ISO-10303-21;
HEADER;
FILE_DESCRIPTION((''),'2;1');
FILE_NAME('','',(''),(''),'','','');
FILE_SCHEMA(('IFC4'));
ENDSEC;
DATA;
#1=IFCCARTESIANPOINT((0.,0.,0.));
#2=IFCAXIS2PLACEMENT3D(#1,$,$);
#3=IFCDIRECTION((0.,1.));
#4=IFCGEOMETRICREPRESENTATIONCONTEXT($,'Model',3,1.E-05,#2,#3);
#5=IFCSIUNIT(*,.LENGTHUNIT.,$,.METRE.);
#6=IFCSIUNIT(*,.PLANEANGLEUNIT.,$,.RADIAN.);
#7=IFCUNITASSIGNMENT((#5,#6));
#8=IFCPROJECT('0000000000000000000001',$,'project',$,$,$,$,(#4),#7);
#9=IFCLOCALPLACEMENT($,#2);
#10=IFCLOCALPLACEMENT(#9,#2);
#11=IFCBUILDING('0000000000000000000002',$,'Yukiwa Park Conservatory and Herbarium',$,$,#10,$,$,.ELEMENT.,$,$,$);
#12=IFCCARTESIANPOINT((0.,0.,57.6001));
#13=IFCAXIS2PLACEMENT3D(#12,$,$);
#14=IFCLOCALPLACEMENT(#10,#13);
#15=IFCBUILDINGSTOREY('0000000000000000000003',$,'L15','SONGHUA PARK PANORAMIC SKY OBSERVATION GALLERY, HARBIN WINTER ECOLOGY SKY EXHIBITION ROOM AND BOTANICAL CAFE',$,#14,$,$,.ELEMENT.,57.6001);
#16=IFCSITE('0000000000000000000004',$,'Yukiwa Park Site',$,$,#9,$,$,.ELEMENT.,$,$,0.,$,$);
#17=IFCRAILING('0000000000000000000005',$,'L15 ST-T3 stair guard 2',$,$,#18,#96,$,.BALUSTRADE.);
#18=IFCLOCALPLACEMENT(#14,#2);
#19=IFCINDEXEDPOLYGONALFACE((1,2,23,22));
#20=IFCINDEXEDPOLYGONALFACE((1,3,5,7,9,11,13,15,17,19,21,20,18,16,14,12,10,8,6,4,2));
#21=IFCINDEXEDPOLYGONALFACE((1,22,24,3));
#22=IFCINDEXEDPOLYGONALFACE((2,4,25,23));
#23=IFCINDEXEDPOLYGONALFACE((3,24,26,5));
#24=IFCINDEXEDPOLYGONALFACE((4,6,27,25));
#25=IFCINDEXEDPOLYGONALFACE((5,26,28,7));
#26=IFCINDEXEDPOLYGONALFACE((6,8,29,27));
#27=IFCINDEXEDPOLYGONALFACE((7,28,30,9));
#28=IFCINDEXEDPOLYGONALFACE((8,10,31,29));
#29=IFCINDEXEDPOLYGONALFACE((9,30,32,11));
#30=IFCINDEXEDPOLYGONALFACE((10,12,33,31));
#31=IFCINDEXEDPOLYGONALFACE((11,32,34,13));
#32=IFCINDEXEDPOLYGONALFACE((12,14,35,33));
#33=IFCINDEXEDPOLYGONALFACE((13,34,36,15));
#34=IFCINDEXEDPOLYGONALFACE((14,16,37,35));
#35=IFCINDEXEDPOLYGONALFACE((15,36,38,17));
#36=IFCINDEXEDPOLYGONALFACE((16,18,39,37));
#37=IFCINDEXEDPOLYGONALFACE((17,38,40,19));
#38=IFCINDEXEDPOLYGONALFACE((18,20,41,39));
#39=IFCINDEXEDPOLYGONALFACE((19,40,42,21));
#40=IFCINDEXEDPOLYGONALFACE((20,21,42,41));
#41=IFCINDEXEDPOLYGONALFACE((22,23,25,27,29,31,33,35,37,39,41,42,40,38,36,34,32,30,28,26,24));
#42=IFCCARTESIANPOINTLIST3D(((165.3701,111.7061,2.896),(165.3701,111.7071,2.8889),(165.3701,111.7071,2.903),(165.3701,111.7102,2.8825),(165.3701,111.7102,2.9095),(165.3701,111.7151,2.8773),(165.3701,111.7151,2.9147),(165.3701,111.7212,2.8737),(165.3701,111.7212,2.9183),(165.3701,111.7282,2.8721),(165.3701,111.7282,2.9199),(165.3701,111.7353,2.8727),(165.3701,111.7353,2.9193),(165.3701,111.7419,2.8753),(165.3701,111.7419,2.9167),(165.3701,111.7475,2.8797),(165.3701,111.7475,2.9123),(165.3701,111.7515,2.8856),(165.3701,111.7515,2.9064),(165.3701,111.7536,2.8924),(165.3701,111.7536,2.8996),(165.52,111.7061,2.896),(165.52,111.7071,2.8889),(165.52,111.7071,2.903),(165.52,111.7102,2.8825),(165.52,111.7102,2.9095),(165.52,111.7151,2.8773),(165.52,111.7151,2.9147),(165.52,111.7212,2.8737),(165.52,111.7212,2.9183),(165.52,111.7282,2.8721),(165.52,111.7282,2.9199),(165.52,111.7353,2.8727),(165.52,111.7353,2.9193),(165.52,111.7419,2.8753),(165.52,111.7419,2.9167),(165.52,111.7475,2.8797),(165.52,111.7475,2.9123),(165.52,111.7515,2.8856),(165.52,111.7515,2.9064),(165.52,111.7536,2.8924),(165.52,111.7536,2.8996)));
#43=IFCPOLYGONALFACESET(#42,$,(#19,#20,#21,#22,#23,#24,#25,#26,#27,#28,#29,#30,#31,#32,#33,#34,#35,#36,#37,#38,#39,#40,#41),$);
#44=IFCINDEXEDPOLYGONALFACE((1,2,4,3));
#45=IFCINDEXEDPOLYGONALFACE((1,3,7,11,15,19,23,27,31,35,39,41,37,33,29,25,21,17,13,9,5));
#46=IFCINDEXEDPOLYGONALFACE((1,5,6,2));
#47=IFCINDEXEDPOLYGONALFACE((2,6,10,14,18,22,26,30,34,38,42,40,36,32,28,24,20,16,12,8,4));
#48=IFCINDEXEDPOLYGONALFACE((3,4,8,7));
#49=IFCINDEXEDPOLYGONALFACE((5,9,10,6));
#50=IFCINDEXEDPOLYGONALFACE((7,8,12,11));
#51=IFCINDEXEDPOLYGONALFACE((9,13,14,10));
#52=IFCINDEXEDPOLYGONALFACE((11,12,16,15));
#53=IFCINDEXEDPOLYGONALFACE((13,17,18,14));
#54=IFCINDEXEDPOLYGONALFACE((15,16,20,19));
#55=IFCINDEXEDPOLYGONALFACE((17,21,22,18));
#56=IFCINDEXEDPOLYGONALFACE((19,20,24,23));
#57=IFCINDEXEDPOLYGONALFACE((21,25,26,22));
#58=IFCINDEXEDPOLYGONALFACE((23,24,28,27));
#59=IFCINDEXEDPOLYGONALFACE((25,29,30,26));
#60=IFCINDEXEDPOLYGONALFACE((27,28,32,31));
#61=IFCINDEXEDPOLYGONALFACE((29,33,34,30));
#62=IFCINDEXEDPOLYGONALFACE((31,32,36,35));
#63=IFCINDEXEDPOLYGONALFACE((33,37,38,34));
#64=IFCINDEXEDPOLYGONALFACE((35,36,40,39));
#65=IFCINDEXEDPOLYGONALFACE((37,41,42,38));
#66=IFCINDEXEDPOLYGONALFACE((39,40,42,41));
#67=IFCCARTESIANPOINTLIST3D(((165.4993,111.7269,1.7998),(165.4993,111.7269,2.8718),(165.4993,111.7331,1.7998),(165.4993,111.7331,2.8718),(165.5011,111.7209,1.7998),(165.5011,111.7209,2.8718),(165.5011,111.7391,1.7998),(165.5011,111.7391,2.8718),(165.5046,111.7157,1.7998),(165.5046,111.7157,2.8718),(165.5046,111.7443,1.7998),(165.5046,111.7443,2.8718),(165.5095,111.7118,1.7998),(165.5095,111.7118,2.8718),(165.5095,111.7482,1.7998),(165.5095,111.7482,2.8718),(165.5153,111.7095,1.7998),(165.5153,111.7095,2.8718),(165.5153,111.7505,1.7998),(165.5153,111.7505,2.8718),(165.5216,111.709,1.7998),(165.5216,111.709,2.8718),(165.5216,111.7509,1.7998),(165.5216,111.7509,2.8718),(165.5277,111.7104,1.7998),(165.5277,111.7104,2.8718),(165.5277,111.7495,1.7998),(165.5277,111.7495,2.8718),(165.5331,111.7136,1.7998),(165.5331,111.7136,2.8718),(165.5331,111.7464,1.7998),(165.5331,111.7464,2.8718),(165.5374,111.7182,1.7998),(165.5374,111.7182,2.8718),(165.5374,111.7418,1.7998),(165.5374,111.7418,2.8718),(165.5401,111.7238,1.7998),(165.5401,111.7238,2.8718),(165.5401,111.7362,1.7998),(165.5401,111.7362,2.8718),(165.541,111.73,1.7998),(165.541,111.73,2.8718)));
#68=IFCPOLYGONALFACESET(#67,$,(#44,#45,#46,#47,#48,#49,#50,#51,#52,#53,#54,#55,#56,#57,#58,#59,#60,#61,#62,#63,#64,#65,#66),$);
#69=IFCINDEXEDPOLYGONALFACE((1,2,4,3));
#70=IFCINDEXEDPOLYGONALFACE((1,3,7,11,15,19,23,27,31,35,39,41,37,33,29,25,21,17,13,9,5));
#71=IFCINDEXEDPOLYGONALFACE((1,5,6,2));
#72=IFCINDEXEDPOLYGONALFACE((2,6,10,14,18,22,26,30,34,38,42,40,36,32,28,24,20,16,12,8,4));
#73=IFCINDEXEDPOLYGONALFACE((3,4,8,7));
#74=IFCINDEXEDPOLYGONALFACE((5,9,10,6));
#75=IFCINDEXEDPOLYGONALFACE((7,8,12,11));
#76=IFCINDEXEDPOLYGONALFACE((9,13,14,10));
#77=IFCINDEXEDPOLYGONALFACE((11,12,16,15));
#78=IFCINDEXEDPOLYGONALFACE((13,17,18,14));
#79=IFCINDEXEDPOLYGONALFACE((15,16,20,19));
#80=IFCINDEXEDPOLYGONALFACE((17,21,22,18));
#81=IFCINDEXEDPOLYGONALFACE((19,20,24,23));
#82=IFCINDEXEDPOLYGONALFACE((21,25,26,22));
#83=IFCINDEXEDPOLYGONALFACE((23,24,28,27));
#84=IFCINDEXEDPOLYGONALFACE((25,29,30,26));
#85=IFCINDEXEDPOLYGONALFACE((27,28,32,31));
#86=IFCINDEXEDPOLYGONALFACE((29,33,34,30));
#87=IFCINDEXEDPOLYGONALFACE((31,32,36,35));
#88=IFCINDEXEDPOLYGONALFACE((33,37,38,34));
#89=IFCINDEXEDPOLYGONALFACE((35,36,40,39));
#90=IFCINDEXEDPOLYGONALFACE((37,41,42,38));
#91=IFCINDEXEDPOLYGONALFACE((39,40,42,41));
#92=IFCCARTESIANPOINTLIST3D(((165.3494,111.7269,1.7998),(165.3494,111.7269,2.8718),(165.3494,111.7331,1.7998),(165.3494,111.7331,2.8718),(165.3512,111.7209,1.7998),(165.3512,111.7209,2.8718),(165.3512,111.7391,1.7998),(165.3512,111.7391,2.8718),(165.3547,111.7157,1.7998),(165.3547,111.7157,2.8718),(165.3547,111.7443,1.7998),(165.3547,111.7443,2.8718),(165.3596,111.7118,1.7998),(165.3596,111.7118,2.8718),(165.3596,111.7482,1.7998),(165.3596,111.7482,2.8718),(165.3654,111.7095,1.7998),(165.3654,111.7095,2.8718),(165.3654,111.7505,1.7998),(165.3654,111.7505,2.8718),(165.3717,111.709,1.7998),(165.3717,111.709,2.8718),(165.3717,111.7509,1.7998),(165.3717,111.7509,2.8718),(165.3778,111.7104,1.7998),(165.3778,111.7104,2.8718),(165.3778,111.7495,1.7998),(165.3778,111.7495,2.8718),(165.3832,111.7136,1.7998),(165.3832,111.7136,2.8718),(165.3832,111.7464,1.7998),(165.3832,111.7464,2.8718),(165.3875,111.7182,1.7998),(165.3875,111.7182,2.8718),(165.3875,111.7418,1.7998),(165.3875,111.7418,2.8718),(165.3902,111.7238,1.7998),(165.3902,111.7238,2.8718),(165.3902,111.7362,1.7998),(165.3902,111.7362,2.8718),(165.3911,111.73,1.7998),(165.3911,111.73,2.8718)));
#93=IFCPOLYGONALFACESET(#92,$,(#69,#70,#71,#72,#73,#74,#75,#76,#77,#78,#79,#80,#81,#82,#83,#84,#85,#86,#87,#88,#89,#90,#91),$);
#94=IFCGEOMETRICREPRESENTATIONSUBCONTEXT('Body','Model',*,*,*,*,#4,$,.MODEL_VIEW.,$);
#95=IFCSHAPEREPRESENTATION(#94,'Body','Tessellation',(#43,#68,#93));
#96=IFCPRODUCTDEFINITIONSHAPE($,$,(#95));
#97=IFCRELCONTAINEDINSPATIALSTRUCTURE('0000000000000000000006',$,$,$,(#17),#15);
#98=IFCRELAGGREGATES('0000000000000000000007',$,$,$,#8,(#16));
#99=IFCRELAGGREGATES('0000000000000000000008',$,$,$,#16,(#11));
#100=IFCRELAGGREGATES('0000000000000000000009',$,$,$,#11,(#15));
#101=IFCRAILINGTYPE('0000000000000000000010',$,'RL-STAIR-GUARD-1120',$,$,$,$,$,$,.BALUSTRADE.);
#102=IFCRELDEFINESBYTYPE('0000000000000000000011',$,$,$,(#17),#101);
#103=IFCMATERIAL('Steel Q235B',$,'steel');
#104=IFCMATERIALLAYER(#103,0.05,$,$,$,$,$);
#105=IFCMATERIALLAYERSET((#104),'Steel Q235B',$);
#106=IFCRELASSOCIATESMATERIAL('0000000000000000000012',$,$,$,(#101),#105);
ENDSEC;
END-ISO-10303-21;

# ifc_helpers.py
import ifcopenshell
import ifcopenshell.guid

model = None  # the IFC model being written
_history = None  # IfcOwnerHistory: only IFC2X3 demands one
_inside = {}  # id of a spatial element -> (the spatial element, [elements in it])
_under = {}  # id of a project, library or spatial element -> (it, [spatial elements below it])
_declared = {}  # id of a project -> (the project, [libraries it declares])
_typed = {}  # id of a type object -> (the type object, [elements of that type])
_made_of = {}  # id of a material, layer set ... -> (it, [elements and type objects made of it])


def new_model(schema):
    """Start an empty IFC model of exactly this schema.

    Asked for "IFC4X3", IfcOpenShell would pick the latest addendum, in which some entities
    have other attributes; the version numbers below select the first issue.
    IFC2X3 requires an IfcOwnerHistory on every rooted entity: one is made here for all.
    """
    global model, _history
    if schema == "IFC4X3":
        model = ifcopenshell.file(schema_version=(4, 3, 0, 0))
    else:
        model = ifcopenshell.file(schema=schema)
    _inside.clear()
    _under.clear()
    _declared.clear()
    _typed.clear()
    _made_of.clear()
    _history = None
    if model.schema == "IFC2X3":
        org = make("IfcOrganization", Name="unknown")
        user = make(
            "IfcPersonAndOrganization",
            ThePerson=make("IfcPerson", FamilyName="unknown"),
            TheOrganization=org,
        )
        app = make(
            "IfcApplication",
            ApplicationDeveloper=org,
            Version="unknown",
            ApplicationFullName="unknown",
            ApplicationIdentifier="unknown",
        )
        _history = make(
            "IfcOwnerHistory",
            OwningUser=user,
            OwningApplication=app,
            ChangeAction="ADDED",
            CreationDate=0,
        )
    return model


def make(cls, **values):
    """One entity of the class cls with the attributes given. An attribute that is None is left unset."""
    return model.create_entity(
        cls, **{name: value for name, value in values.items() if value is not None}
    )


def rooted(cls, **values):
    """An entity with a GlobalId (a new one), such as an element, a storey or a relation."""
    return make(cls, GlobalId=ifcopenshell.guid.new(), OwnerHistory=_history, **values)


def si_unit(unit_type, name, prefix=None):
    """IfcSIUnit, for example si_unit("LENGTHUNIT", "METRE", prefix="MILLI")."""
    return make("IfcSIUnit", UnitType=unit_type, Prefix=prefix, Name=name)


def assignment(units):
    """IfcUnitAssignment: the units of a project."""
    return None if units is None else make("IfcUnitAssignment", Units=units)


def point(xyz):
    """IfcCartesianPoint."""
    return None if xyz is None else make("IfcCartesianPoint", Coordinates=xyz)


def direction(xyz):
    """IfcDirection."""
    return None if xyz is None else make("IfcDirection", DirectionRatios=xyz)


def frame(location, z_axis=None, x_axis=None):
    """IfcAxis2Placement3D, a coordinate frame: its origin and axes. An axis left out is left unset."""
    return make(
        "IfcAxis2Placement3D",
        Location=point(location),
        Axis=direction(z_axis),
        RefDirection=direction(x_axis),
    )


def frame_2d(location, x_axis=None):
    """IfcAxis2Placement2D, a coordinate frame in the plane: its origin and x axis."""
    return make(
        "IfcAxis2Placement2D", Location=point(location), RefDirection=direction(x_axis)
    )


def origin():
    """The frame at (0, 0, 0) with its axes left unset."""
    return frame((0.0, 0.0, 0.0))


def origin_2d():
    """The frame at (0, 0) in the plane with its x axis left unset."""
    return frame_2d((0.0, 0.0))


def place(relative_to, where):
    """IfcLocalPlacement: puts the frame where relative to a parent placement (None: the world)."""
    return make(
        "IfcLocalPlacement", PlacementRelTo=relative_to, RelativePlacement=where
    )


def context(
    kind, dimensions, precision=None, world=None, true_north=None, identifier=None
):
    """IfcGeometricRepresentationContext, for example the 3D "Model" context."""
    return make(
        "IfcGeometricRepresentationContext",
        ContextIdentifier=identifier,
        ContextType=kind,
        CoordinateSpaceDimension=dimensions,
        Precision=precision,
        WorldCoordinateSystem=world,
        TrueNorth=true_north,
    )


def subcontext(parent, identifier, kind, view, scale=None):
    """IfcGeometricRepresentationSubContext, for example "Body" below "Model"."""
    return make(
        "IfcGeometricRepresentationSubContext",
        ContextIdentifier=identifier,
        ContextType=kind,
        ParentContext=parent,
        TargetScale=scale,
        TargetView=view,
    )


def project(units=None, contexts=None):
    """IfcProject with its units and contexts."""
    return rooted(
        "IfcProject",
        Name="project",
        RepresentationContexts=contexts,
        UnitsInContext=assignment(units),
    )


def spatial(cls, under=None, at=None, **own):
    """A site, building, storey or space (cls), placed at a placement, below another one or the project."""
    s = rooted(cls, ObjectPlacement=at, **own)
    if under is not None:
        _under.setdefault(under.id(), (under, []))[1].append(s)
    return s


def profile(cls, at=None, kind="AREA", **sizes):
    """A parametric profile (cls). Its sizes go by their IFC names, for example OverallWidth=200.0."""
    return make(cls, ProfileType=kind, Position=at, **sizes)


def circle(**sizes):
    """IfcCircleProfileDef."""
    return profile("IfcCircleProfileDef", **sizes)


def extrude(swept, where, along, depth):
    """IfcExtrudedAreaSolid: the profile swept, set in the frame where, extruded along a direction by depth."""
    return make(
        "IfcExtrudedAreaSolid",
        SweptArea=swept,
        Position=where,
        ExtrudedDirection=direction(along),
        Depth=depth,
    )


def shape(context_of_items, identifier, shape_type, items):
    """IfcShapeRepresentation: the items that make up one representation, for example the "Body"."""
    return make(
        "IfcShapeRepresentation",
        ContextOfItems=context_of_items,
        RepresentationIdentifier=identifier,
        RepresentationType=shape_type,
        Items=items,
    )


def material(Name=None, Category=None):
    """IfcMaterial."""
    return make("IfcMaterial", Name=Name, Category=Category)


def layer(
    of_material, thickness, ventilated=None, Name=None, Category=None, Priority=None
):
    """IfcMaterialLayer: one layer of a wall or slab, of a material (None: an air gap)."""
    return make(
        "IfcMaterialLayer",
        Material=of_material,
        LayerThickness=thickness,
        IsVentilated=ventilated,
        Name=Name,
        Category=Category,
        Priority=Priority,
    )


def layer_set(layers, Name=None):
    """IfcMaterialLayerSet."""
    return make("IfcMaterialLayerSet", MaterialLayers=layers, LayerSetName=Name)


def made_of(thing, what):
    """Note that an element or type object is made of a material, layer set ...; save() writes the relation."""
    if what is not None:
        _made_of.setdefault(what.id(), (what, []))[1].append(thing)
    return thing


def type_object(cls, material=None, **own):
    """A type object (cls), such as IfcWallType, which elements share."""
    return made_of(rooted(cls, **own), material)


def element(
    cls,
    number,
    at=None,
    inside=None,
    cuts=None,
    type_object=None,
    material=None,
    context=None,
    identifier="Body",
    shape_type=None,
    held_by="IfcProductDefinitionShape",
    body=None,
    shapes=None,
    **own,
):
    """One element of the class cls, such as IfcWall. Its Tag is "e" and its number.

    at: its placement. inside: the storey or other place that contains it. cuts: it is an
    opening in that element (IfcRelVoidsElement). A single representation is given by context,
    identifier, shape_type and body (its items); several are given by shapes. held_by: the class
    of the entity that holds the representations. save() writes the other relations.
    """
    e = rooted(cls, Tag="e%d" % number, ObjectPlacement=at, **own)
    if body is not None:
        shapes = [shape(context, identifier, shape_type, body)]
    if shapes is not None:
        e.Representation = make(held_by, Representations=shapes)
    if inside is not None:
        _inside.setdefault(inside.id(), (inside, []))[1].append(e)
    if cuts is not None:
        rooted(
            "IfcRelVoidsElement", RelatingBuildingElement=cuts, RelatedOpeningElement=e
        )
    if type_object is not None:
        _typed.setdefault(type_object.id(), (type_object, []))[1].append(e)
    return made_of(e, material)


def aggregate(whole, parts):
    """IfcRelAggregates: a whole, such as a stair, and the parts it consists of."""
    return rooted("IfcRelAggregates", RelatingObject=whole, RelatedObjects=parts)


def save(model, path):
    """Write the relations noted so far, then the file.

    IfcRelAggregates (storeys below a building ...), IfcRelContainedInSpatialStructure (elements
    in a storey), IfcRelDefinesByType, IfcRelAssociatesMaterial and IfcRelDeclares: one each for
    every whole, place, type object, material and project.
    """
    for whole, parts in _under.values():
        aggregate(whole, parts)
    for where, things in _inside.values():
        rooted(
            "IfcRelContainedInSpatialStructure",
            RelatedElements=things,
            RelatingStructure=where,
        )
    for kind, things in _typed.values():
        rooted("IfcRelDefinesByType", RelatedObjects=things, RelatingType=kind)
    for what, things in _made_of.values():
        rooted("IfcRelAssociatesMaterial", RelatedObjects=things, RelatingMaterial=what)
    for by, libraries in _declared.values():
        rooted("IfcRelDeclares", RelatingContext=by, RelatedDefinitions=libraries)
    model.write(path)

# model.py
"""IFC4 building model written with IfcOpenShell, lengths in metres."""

from ifc_helpers import new_model, si_unit, direction, frame, origin, origin_2d, place, context, subcontext, project, spatial, circle, extrude, material, layer, layer_set, type_object, element, save


model = new_model("IFC4")

# Units and contexts
model_context = context("Model", 3, precision=1e-05, world=origin(), true_north=direction((0.0, 1.0)))
body_context = subcontext(model_context, "Body", "Model", "MODEL_VIEW")
ifc_project = project(units=[si_unit("LENGTHUNIT", "METRE"), si_unit("PLANEANGLEUNIT", "RADIAN")], contexts=[model_context])

# Site, building, storey
site_placement = place(None, origin())
site = spatial("IfcSite", under=ifc_project, at=site_placement, Name="Yukiwa Park Site", CompositionType="ELEMENT", RefElevation=0.0)
building_placement = place(site_placement, origin())
building = spatial("IfcBuilding", under=site, at=building_placement, Name="Yukiwa Park Conservatory and Herbarium", CompositionType="ELEMENT")
storey_placement = place(building_placement, frame((0.0, 0.0, 57.6001)))
storey = spatial("IfcBuildingStorey", under=building, at=storey_placement, Name="L15", Description="SONGHUA PARK PANORAMIC SKY OBSERVATION GALLERY, HARBIN WINTER ECOLOGY SKY EXHIBITION ROOM AND BOTANICAL CAFE", CompositionType="ELEMENT", Elevation=57.6001)

# Railing
ifc_material_1 = material(Name="Steel Q235B", Category="steel")
ifc_layer_1 = layer(ifc_material_1, 0.05)
ifc_layer_set_1 = layer_set([ifc_layer_1], Name="Steel Q235B")
railing_type_1 = type_object("IfcRailingType", Name="RL-STAIR-GUARD-1120", PredefinedType="BALUSTRADE", material=ifc_layer_set_1)
railing_1_placement = place(storey_placement, frame((165.52, 111.73, 1.7998)))
element("IfcRailing", 1, at=railing_1_placement, inside=storey, type_object=railing_type_1, Name="L15 ST-T3 stair guard 2", PredefinedType="BALUSTRADE", context=body_context, shape_type="SweptSolid", body=[
    extrude(circle(Radius=0.0239, at=origin_2d()), frame((0.0, 0.0, 1.0962), z_axis=(-1.0, 0.0, 0.0), x_axis=(0.0, -1.0, 0.0)), (0.0, 0.0, 1.0), 0.1499),
    extrude(circle(Radius=0.021, at=origin_2d()), origin(), (0.0, 0.0, 1.0), 1.072),
    extrude(circle(Radius=0.021, at=origin_2d()), frame((-0.1499, 0.0, 0.0)), (0.0, 0.0, 1.0), 1.072),
])

save(model, "model.ifc")
